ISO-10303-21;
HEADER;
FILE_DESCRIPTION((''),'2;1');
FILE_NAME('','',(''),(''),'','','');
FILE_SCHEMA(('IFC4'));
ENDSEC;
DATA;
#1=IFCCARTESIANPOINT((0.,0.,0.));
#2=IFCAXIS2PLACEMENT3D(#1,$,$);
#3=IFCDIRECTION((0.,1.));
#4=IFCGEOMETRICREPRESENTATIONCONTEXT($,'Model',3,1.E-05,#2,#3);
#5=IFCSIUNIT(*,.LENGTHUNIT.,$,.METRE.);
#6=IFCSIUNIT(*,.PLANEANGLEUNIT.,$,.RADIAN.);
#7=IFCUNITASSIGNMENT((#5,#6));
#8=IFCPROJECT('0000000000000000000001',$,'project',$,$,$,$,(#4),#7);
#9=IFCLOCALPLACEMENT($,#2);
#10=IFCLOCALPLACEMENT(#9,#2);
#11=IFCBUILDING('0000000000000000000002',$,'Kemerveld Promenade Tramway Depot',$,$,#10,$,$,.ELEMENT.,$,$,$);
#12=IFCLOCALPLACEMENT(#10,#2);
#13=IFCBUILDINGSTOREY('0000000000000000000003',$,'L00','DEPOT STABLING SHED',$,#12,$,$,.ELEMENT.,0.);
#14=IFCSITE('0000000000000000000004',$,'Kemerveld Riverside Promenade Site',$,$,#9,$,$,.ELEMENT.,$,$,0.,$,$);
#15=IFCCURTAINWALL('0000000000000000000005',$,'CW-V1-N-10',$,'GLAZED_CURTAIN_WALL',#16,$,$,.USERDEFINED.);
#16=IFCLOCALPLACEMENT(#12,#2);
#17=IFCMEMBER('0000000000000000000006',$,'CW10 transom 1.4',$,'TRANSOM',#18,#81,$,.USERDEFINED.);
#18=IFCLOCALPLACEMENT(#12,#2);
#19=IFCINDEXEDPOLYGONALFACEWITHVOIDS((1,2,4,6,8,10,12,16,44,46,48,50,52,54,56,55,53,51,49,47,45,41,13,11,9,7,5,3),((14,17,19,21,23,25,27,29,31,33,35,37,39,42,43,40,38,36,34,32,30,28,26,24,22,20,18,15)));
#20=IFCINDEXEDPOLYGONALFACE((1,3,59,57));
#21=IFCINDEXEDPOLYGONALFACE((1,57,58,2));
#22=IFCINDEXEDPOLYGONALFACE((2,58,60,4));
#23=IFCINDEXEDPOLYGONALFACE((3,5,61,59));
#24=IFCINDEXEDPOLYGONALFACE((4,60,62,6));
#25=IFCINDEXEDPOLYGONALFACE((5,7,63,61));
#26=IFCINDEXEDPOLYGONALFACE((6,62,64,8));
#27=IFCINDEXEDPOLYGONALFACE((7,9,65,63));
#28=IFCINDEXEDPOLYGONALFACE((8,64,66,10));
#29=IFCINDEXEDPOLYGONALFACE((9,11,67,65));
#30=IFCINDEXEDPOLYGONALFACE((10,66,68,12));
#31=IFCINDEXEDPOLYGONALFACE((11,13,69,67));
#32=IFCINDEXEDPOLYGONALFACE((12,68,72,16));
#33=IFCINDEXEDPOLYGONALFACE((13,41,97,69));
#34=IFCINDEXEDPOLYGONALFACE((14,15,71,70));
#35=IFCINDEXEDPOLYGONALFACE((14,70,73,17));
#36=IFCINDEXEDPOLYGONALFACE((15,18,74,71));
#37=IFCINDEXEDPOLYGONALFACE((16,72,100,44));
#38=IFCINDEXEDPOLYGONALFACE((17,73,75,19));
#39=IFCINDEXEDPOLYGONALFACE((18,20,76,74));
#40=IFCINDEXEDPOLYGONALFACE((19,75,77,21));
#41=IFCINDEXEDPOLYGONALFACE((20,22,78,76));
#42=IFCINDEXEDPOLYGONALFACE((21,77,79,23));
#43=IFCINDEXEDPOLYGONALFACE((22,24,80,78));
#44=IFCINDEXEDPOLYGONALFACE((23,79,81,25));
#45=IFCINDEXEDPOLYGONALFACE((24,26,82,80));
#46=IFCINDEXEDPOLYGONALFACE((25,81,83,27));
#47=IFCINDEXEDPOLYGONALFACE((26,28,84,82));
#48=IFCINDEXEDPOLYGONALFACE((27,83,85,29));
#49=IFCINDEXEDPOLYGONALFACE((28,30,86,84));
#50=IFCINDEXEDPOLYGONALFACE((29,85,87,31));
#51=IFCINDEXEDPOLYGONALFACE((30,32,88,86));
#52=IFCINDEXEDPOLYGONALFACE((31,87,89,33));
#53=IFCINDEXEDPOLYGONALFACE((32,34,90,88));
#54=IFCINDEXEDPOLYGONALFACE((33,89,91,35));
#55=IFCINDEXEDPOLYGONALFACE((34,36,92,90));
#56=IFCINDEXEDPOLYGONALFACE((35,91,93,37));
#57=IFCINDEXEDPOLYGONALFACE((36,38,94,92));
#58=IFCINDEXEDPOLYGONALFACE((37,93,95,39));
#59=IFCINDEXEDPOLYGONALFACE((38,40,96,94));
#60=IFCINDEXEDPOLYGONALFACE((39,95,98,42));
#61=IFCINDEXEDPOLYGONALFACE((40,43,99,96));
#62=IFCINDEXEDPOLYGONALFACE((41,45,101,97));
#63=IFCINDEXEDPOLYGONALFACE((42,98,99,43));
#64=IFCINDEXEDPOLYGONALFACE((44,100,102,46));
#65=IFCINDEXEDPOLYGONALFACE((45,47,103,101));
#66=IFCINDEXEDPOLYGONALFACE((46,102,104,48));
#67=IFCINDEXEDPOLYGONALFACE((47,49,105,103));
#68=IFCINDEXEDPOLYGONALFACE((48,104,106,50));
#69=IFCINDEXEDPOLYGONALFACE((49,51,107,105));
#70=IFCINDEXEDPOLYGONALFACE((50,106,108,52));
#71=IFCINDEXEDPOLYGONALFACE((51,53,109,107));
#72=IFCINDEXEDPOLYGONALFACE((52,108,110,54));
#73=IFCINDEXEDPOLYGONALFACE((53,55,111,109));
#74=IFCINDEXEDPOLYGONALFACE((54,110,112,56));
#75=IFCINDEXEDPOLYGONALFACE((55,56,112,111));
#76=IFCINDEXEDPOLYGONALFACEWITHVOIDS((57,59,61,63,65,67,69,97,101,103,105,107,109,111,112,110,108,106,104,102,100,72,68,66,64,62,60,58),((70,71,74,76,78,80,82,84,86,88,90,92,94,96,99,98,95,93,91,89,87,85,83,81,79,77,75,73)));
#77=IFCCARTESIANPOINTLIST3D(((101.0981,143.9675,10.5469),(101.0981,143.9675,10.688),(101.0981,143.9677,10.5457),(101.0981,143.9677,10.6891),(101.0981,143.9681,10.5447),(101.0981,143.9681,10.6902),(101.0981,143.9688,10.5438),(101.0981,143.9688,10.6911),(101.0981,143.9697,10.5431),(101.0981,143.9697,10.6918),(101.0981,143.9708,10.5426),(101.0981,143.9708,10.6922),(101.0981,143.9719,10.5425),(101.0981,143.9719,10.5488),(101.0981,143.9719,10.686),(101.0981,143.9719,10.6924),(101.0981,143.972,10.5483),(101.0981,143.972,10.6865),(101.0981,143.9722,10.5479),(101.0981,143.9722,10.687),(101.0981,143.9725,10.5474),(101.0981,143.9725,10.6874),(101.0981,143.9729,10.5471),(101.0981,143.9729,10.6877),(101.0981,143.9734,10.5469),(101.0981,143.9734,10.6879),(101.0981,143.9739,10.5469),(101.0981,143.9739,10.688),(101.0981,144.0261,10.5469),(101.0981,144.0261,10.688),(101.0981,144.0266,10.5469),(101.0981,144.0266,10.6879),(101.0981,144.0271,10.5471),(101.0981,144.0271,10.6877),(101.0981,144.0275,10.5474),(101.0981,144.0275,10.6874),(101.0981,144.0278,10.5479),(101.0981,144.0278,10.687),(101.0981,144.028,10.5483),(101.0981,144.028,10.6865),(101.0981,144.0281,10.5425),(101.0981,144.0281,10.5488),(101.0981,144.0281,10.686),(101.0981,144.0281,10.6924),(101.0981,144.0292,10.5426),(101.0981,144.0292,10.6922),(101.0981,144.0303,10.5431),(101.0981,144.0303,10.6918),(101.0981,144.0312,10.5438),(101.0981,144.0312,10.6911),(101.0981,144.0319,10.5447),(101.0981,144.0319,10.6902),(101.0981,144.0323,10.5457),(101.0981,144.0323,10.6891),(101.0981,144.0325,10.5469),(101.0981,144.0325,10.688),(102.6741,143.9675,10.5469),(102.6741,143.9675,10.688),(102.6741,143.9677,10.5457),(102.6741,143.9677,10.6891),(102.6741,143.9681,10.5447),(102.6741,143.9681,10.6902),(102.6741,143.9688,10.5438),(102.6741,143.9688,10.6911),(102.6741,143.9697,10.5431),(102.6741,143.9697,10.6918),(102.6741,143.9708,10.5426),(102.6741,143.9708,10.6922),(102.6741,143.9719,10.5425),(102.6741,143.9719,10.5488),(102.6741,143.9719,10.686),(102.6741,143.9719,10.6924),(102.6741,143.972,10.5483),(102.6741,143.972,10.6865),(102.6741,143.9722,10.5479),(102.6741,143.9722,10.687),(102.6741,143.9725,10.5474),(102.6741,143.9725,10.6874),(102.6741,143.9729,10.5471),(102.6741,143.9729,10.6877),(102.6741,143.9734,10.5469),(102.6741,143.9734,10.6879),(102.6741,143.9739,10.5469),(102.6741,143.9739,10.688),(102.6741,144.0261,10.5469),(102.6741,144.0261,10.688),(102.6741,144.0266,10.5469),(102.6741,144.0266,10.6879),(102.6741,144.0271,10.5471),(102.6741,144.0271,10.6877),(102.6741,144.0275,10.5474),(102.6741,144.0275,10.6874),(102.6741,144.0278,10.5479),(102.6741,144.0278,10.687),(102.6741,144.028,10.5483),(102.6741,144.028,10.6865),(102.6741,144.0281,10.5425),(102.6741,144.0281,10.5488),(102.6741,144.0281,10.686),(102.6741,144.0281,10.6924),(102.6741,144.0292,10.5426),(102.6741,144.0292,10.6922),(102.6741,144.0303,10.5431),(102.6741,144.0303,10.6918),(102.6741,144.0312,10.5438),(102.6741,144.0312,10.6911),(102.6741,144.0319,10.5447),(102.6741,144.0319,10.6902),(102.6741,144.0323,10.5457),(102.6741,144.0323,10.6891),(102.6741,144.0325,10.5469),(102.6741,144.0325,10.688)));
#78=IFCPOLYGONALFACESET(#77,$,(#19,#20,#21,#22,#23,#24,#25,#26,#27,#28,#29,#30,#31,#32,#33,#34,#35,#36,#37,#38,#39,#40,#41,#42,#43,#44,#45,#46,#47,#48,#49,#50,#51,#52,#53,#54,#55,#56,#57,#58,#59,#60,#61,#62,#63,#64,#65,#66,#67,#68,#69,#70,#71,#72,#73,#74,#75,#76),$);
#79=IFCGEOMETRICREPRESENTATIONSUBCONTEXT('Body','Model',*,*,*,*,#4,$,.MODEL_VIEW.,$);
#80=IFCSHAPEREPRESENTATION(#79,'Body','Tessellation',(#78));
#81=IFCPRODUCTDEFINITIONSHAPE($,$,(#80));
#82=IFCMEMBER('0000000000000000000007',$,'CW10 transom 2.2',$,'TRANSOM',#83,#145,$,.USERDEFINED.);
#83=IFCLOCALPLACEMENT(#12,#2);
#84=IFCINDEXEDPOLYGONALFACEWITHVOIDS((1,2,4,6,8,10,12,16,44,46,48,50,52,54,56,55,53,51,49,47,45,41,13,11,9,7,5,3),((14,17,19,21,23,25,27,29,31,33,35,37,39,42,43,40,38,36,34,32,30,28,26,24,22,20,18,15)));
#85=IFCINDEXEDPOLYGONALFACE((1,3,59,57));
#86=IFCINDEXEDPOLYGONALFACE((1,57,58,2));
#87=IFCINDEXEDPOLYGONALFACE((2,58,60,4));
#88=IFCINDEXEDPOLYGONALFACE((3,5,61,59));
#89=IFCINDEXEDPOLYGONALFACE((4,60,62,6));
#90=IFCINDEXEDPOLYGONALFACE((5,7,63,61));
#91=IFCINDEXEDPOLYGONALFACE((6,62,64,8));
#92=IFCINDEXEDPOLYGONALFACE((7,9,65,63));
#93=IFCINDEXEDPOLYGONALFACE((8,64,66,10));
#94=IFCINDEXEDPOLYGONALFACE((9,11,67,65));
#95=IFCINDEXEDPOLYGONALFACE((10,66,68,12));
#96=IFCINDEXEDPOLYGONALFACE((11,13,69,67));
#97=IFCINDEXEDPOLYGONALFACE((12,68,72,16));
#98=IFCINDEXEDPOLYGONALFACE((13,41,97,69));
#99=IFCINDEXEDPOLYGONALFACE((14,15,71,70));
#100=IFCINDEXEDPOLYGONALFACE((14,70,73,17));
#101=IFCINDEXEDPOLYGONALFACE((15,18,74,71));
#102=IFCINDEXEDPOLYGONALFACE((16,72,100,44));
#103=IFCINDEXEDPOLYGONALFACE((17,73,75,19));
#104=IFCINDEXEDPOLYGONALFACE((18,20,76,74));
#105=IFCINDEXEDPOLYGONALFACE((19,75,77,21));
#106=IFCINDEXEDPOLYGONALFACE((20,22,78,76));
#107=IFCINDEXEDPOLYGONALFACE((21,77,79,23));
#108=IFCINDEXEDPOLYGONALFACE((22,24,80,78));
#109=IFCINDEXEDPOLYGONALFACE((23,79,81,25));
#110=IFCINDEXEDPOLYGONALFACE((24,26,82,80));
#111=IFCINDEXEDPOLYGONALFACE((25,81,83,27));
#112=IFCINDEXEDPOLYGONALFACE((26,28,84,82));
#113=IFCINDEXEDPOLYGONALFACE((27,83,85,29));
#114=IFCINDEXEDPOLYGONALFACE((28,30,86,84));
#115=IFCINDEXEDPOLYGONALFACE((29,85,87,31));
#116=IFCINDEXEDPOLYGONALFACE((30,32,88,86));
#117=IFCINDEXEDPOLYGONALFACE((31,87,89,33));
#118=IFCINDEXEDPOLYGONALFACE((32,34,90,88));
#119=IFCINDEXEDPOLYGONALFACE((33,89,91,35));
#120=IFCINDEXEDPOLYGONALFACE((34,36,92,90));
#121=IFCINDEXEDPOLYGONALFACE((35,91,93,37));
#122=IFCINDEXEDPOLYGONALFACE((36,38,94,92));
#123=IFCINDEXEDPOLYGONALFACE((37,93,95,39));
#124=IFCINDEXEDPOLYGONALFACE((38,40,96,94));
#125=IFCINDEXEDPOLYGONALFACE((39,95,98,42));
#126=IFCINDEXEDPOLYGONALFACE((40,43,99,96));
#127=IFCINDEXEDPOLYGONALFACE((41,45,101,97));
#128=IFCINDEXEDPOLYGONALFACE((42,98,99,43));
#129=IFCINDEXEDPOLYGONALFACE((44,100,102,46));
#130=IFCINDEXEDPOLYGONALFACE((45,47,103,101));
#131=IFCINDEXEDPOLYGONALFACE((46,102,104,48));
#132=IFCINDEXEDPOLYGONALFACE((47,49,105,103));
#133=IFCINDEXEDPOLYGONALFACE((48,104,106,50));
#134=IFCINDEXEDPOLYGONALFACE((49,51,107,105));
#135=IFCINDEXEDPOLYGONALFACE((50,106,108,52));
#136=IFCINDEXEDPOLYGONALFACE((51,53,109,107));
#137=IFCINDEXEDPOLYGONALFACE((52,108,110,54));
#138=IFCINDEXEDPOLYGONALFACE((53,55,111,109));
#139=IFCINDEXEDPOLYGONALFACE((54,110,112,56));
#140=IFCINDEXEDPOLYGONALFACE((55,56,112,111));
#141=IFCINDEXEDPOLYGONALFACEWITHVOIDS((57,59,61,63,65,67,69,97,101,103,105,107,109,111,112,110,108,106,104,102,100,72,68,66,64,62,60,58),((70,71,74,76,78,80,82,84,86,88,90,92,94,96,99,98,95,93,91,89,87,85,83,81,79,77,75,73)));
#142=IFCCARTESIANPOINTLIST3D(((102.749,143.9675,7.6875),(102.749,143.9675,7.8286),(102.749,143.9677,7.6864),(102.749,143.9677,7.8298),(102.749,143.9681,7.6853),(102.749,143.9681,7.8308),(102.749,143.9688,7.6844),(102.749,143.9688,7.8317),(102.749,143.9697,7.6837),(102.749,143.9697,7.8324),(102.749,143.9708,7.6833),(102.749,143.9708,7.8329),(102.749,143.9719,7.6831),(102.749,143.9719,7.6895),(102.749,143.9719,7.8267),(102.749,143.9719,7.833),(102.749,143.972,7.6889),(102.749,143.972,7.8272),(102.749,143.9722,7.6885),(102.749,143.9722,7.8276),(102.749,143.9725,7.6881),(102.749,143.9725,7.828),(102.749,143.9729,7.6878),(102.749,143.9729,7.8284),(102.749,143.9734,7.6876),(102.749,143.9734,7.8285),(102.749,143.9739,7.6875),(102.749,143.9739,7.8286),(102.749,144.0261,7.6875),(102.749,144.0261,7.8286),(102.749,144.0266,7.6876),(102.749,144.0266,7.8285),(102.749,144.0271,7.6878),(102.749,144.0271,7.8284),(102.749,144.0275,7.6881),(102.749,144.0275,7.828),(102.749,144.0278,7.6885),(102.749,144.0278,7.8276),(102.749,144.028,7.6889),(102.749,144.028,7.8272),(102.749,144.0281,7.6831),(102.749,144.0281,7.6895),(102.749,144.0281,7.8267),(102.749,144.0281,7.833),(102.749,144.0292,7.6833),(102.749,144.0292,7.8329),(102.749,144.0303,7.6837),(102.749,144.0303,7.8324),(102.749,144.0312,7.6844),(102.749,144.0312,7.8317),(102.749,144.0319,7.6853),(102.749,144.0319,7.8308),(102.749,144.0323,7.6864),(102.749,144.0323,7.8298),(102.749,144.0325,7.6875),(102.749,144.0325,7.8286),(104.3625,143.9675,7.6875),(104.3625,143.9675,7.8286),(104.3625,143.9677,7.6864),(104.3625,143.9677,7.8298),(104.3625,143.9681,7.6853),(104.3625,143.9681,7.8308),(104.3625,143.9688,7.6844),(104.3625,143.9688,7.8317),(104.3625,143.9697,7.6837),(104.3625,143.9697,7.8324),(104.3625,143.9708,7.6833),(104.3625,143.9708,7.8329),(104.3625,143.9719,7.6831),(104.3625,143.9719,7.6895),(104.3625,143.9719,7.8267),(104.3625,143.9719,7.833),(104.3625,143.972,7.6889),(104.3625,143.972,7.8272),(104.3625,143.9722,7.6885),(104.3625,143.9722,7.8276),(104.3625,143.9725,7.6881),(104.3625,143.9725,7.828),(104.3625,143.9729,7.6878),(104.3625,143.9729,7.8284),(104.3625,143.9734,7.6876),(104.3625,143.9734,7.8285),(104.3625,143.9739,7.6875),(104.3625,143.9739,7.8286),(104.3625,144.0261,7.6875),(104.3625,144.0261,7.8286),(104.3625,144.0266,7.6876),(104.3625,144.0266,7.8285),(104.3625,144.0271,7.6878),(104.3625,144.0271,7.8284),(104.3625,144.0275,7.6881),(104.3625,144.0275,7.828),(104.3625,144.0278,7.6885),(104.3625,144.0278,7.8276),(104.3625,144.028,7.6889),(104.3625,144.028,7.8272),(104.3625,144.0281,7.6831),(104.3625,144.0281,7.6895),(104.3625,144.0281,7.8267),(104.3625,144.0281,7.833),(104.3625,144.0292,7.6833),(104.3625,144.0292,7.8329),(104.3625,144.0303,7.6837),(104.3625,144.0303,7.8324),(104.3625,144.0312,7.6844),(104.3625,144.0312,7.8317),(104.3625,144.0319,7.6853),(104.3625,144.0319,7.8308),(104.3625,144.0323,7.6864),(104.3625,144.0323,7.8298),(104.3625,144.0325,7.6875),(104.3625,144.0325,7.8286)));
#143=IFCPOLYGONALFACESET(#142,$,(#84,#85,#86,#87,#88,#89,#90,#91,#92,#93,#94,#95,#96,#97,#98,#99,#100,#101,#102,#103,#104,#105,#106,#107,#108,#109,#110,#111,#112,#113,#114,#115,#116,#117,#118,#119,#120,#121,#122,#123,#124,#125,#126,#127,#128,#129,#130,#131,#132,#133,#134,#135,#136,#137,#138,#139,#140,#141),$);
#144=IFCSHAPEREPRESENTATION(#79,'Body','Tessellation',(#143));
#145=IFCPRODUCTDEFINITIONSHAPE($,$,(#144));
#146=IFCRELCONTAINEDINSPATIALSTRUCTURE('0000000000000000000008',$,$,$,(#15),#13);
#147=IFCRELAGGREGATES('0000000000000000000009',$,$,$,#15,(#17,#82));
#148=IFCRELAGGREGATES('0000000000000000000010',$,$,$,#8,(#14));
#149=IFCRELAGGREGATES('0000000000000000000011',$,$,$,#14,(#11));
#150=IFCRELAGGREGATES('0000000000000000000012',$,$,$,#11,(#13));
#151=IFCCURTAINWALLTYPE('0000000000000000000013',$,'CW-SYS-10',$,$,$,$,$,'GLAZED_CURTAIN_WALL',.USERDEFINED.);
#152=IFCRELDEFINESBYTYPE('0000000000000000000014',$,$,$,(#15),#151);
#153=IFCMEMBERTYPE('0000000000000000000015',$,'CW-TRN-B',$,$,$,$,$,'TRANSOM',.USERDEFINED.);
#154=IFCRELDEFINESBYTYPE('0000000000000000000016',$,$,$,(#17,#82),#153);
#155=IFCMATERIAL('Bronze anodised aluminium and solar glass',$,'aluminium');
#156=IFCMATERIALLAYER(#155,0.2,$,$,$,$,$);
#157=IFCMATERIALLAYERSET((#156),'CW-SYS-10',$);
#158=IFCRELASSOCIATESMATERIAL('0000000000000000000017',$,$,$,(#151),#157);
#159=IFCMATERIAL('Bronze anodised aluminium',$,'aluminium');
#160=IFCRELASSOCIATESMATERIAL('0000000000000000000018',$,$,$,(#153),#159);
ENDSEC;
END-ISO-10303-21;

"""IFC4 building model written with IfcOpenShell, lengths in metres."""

from ifc_helpers import new_model, si_unit, direction, frame, origin, origin_2d, place, context, subcontext, project, spatial, hollow_rectangle, extrude, material, layer, layer_set, material_profile, profile_set, type_object, element, aggregate, save


model = new_model("IFC4")

# Units and contexts
model_context = context("Model", 3, precision=1e-05, world=origin(), true_north=direction((0.0, 1.0)))
body_context = subcontext(model_context, "Body", "Model", "MODEL_VIEW")
ifc_project = project(units=[si_unit("LENGTHUNIT", "METRE"), si_unit("PLANEANGLEUNIT", "RADIAN")], contexts=[model_context])

# Site, building, storey
site_placement = place(None, origin())
site = spatial("IfcSite", under=ifc_project, at=site_placement, Name="Kemerveld Riverside Promenade Site", CompositionType="ELEMENT", RefElevation=0.0)
building_placement = place(site_placement, origin())
building = spatial("IfcBuilding", under=site, at=building_placement, Name="Kemerveld Promenade Tramway Depot", CompositionType="ELEMENT")
storey_placement = place(building_placement, origin())
storey = spatial("IfcBuildingStorey", under=building, at=storey_placement, Name="L00", Description="DEPOT STABLING SHED", CompositionType="ELEMENT", Elevation=0.0)

# Curtain wall, members
ifc_material_1 = material(Name="Bronze anodised aluminium and solar glass", Category="aluminium")
ifc_material_2 = material(Name="Bronze anodised aluminium", Category="aluminium")
ifc_layer_1 = layer(ifc_material_1, 0.2)
ifc_layer_set_1 = layer_set([ifc_layer_1], Name="CW-SYS-10")
curtain_wall_type_1 = type_object("IfcCurtainWallType", Name="CW-SYS-10", ElementType="GLAZED_CURTAIN_WALL", PredefinedType="USERDEFINED", material=ifc_layer_set_1)
curtain_wall_1_placement = place(storey_placement, origin())
curtain_wall_1 = element("IfcCurtainWall", 1, at=curtain_wall_1_placement, inside=storey, type_object=curtain_wall_type_1, Name="CW-V1-N-10", ObjectType="GLAZED_CURTAIN_WALL", PredefinedType="USERDEFINED")
ifc_material_profile_1 = material_profile(ifc_material_2, hollow_rectangle(XDim=0.0649, YDim=0.1499, WallThickness=0.0044, InnerFilletRadius=0.002, OuterFilletRadius=0.0044, at=origin_2d()), Name="CW-TRN-150x65")
ifc_profile_set_1 = profile_set([ifc_material_profile_1], Name="Bronze anodised aluminium")
member_type_1 = type_object("IfcMemberType", Name="CW-TRN-B", ElementType="TRANSOM", PredefinedType="USERDEFINED", material=ifc_profile_set_1)
member_1_placement = place(storey_placement, frame((101.0981, 144.0, 10.6174), z_axis=(1.0, 0.0, 0.0), x_axis=(0.0, 1.0, 0.0)))
member_1 = element("IfcMember", 2, at=member_1_placement, type_object=member_type_1, Name="CW10 transom 1.4", ObjectType="TRANSOM", PredefinedType="USERDEFINED", context=body_context, shape_type="SweptSolid", body=[
    extrude(hollow_rectangle(XDim=0.0649, YDim=0.1499, WallThickness=0.0044, InnerFilletRadius=0.002, OuterFilletRadius=0.0044, at=origin_2d()), origin(), (0.0, 0.0, 1.0), 1.5759),
])
member_2_placement = place(storey_placement, frame((102.749, 144.0, 7.7581), z_axis=(1.0, 0.0, 0.0), x_axis=(0.0, 1.0, 0.0)))
member_2 = element("IfcMember", 3, at=member_2_placement, type_object=member_type_1, Name="CW10 transom 2.2", ObjectType="TRANSOM", PredefinedType="USERDEFINED", context=body_context, shape_type="SweptSolid", body=[
    extrude(hollow_rectangle(XDim=0.0649, YDim=0.1499, WallThickness=0.0044, InnerFilletRadius=0.002, OuterFilletRadius=0.0044, at=origin_2d()), origin(), (0.0, 0.0, 1.0), 1.6135),
])

aggregate(curtain_wall_1, [member_1, member_2])

save(model, "model.ifc")
